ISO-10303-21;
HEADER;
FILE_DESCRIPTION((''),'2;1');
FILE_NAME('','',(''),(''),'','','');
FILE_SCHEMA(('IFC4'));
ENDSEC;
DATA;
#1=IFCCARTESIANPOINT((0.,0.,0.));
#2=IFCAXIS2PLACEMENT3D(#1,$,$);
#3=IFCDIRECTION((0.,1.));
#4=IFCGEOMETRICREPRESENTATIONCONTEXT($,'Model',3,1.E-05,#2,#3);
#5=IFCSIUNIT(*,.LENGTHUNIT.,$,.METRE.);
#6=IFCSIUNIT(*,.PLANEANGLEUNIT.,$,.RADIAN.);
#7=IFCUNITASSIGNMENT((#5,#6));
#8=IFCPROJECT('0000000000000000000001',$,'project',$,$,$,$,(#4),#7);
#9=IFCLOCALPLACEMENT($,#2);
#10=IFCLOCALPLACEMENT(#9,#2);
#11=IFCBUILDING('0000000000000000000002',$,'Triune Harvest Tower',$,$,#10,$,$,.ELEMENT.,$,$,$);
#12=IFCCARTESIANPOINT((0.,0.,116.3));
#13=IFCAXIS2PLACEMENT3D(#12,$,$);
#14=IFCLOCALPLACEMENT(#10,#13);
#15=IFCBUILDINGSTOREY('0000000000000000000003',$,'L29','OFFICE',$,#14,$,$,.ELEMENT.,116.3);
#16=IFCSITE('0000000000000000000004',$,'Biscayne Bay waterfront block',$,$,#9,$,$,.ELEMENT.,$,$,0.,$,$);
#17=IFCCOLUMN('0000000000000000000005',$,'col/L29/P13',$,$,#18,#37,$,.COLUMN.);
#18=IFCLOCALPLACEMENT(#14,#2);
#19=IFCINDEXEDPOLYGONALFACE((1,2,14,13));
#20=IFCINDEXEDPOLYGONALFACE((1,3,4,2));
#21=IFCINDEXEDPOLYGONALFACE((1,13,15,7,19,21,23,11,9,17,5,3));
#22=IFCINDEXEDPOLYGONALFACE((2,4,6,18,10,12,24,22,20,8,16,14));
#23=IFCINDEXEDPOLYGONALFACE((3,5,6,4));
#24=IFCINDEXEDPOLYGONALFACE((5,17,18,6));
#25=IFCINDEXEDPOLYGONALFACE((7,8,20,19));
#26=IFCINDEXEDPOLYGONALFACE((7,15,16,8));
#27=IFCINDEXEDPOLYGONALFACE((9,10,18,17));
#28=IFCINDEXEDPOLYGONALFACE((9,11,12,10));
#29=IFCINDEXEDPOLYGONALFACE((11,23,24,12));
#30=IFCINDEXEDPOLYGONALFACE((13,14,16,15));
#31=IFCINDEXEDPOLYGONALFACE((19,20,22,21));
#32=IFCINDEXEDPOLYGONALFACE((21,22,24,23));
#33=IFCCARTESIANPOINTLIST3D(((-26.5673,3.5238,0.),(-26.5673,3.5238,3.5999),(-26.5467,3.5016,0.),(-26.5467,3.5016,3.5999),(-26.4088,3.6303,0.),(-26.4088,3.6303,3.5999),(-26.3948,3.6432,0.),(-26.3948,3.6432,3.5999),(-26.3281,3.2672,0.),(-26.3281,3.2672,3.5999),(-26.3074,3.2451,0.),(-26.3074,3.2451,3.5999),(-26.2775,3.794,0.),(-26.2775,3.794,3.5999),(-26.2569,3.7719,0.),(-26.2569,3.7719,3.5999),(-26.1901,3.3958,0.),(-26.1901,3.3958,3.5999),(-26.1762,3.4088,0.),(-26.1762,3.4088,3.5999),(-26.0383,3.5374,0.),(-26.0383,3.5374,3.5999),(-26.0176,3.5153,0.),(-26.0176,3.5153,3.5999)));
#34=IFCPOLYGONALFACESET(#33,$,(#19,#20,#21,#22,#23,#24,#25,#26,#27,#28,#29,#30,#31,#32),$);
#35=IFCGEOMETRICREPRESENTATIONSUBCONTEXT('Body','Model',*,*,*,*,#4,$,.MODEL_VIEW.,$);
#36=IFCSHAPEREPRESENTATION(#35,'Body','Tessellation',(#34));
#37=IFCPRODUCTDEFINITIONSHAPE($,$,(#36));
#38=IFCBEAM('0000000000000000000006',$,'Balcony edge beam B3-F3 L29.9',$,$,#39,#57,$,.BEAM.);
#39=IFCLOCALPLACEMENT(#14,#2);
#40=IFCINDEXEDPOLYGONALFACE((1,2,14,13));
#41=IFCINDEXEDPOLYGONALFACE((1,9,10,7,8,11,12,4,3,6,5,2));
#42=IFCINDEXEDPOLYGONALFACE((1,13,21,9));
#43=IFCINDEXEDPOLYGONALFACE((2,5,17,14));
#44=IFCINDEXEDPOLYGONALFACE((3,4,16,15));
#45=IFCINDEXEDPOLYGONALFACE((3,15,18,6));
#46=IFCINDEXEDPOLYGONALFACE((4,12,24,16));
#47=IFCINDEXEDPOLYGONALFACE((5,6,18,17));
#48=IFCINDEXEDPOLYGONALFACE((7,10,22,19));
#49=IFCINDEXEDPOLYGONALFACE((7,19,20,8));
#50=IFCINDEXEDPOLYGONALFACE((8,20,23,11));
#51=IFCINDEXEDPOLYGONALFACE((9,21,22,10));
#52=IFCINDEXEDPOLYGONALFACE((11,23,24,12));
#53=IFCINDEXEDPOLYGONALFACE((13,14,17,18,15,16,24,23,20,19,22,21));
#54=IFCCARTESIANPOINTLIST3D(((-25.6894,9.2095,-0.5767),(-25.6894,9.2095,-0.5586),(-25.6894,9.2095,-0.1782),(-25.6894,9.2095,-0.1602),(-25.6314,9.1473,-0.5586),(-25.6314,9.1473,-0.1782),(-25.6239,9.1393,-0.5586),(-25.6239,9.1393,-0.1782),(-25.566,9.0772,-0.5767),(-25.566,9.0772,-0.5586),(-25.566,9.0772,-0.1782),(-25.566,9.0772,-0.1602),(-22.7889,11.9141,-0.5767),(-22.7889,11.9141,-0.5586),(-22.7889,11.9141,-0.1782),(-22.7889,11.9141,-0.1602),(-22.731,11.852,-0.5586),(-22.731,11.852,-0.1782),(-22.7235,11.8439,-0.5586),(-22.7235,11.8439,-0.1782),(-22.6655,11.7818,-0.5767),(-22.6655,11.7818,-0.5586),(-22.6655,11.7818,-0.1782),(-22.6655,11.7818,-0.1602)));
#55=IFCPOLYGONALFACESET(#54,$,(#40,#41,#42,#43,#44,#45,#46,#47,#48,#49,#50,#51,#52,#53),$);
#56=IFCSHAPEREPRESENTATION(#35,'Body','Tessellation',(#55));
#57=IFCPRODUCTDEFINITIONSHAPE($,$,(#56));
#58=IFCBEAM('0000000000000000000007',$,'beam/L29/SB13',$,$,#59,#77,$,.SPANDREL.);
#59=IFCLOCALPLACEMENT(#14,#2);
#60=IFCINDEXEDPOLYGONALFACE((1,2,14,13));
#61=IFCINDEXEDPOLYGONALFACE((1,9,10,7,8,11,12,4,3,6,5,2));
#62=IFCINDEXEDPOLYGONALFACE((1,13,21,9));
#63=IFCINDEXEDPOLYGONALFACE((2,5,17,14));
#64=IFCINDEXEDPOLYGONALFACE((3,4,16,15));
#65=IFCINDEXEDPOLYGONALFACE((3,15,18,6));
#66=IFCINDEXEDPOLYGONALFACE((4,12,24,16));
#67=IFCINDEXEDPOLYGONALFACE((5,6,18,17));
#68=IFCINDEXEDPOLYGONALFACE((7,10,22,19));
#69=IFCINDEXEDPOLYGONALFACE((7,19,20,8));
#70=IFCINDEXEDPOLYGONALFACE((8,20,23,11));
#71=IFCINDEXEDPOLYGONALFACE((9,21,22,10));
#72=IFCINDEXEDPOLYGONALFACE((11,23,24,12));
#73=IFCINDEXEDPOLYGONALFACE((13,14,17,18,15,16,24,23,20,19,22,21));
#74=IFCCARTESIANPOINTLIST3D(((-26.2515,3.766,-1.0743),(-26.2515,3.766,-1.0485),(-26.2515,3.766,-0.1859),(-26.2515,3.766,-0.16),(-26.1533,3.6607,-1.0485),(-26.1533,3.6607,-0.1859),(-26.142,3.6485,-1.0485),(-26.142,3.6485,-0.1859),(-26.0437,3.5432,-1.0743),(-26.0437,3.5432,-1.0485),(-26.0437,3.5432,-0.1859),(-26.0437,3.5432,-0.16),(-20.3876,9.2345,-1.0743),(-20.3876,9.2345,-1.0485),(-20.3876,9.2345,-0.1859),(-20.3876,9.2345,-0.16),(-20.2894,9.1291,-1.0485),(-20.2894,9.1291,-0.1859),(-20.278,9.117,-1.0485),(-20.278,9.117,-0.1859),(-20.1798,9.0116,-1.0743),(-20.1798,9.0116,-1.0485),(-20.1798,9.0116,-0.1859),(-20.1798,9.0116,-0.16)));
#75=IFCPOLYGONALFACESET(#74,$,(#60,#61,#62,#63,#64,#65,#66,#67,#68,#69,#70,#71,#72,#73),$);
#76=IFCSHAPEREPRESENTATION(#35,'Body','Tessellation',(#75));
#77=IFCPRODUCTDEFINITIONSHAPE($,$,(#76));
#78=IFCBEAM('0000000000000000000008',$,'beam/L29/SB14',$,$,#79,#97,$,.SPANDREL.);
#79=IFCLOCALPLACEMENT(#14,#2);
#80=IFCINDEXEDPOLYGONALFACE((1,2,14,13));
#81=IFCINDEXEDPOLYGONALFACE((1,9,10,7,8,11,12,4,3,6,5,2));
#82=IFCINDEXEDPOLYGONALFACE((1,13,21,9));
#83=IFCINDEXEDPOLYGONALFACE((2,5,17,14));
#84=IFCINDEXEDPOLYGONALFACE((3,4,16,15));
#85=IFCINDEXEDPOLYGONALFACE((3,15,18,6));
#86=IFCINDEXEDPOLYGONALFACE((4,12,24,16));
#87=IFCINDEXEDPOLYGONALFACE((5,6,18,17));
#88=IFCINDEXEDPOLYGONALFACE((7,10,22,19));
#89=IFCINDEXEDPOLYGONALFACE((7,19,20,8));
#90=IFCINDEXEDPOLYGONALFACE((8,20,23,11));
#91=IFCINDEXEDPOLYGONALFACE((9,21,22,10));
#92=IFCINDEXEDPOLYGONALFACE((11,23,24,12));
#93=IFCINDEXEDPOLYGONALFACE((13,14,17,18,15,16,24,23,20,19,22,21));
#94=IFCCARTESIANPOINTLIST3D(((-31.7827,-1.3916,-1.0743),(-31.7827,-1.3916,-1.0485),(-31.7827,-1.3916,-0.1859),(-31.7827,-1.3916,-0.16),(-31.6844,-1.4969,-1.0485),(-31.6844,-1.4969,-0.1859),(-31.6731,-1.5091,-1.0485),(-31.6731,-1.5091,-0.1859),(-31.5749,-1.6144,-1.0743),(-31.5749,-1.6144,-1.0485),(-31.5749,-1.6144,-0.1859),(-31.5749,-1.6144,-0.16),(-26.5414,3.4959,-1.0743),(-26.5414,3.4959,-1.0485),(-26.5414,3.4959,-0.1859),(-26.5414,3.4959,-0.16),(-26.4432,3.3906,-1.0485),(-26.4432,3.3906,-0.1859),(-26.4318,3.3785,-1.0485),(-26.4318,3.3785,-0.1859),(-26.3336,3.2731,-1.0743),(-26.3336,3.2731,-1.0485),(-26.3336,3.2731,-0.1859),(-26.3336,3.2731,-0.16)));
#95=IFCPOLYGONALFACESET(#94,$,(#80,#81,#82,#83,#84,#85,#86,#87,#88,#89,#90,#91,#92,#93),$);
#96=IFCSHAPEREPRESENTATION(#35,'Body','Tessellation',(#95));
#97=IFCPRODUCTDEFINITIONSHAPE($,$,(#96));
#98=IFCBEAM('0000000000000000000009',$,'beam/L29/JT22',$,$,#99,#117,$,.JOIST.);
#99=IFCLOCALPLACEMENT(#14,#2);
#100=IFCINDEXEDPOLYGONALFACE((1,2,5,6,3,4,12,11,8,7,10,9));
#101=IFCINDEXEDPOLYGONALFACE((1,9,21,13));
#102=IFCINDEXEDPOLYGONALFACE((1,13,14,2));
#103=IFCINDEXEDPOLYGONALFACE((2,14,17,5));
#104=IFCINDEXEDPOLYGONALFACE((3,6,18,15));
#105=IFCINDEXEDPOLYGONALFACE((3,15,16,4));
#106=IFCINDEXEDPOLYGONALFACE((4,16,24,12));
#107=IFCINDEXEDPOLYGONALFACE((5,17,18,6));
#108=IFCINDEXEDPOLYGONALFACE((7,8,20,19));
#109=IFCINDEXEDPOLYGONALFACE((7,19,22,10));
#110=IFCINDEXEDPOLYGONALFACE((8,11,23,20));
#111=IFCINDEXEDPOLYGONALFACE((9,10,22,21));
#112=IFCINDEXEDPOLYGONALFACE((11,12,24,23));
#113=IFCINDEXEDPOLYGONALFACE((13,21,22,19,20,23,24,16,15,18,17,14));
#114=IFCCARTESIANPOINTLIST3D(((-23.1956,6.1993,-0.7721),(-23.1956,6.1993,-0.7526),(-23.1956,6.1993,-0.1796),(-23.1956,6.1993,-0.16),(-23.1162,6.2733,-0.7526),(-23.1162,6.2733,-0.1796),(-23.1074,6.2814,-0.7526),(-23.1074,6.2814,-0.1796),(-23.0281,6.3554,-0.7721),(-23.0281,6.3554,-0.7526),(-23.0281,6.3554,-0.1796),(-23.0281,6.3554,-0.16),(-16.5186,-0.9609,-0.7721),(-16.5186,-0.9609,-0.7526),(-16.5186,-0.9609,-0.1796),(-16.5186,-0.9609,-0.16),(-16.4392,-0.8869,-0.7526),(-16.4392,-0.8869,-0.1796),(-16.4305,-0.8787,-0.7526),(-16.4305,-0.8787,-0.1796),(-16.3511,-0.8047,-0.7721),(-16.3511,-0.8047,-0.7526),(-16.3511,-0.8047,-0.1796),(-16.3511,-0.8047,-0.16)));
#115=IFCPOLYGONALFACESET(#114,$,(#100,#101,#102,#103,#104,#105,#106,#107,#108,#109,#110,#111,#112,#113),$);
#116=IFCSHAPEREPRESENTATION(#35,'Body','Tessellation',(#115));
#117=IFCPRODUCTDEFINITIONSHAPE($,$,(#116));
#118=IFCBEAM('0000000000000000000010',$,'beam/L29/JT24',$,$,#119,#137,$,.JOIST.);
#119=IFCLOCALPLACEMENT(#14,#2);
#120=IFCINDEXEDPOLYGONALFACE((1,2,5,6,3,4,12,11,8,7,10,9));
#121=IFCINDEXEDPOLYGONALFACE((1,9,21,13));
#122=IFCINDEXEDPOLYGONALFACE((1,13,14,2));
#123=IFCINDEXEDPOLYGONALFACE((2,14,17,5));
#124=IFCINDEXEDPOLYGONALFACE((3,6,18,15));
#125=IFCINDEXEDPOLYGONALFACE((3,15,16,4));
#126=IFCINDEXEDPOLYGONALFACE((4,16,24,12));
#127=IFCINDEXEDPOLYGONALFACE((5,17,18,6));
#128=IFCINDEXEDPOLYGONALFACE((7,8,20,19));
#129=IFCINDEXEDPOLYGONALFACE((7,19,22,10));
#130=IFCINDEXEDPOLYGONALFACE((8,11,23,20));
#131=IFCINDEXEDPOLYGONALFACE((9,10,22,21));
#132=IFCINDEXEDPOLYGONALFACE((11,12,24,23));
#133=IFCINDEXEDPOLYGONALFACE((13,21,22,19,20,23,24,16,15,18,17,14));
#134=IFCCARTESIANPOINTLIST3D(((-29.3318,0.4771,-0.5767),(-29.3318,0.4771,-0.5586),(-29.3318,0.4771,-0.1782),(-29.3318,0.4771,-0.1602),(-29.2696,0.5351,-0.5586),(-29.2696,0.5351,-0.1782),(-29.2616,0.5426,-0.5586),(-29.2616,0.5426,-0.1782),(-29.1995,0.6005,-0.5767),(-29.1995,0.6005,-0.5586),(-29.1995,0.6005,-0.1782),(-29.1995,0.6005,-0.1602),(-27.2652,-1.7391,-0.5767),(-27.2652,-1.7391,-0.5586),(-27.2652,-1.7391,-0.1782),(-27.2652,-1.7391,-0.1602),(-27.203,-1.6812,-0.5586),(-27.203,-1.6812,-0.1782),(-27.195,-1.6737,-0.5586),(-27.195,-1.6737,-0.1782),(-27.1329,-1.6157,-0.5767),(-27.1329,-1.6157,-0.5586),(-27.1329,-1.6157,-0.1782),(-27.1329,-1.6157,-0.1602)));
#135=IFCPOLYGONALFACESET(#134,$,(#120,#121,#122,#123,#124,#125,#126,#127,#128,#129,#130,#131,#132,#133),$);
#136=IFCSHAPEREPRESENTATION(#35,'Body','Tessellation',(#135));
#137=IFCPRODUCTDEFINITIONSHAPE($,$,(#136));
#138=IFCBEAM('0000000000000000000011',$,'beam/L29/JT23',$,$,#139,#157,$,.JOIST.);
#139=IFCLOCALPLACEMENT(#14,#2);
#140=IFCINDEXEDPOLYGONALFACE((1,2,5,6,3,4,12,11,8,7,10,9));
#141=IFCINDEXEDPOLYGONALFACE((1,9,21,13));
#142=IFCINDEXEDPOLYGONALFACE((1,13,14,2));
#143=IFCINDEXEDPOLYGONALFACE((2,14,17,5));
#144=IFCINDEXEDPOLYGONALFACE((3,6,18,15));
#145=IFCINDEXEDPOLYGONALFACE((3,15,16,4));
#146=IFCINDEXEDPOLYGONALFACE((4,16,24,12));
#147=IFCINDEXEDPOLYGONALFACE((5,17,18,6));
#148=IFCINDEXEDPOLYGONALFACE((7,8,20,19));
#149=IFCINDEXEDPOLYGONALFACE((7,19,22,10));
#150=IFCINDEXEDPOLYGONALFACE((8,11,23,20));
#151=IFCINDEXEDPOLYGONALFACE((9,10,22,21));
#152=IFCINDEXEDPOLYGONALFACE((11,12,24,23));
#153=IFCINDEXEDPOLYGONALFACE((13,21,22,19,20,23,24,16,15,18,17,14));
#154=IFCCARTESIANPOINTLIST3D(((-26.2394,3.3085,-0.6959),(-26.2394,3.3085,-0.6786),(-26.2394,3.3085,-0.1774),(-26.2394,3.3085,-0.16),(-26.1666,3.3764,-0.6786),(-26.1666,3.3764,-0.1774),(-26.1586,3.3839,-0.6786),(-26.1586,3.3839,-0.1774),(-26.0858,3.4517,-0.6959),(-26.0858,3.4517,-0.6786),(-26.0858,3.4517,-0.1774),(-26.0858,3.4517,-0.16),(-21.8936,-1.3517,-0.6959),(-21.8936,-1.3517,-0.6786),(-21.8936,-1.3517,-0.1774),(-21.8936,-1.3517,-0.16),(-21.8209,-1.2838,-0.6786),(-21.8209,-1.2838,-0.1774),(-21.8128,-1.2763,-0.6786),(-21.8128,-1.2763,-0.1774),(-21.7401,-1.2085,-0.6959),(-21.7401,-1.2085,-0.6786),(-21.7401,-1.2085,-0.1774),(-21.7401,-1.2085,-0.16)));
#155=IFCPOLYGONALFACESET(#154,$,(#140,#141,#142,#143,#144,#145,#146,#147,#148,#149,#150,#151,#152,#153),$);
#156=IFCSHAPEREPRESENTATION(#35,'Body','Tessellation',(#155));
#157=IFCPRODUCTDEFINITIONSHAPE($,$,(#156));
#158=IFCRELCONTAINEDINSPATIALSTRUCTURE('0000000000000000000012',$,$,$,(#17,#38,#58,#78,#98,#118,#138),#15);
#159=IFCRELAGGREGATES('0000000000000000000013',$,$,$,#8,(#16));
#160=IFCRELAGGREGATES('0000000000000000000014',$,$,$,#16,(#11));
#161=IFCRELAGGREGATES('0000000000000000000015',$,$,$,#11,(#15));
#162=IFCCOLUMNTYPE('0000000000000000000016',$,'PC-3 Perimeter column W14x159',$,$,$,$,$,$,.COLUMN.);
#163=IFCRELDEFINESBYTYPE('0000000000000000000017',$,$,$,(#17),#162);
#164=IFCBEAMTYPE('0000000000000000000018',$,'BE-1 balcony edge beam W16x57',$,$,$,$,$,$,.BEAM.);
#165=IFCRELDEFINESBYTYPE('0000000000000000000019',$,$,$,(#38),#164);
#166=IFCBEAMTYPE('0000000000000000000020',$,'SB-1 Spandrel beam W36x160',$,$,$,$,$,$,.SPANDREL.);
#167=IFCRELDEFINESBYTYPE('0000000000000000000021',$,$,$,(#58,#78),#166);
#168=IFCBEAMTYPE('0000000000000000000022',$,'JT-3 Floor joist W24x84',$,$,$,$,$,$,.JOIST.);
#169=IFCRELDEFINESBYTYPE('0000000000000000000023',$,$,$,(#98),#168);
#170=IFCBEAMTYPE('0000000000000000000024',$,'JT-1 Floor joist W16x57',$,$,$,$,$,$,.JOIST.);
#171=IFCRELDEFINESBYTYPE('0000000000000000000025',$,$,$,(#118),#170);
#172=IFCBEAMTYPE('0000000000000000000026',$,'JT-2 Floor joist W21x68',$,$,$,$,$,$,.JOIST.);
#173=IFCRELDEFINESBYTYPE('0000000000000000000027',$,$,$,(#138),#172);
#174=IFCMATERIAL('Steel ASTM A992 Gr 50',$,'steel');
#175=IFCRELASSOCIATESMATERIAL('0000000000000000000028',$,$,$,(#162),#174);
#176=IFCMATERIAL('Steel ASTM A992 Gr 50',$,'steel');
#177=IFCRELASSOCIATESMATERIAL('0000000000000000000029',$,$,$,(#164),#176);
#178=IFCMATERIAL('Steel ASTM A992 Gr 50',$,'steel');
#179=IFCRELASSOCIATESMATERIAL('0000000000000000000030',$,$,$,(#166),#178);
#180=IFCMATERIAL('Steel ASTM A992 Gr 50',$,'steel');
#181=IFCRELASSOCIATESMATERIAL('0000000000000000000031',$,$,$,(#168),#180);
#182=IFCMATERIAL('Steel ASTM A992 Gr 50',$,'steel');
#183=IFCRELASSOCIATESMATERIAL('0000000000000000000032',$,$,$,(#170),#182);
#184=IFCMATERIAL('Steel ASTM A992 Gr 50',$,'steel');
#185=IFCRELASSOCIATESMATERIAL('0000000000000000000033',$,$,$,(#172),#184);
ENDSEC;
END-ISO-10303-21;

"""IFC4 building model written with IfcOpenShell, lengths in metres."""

from ifc_helpers import new_model, si_unit, direction, frame, origin, origin_2d, place, context, subcontext, project, spatial, i_section, extrude, source, transform, mapped, material, material_profile, profile_set, type_object, element, save


model = new_model("IFC4")

# Units and contexts
model_context = context("Model", 3, precision=1e-05, world=origin(), true_north=direction((0.0, 1.0)))
body_context = subcontext(model_context, "Body", "Model", "MODEL_VIEW")
ifc_project = project(units=[si_unit("LENGTHUNIT", "METRE"), si_unit("PLANEANGLEUNIT", "RADIAN")], contexts=[model_context])

# Site, building, storey
site_placement = place(None, origin())
site = spatial("IfcSite", under=ifc_project, at=site_placement, Name="Biscayne Bay waterfront block", CompositionType="ELEMENT", RefElevation=0.0)
building_placement = place(site_placement, origin())
building = spatial("IfcBuilding", under=site, at=building_placement, Name="Triune Harvest Tower", CompositionType="ELEMENT")
storey_placement = place(building_placement, frame((0.0, 0.0, 116.3)))
storey = spatial("IfcBuildingStorey", under=building, at=storey_placement, Name="L29", Description="OFFICE", CompositionType="ELEMENT", Elevation=116.3)

# Column
ifc_material_1 = material(Name="Steel ASTM A992 Gr 50", Category="steel")
ifc_material_profile_1 = material_profile(ifc_material_1, i_section(OverallWidth=0.3962, OverallDepth=0.3811, WebThickness=0.019, FlangeThickness=0.0303, at=origin_2d()), Name="W14x159")
ifc_profile_set_1 = profile_set([ifc_material_profile_1], Name="Steel ASTM A992 Gr 50")
column_type = type_object("IfcColumnType", Name="PC-3 Perimeter column W14x159", PredefinedType="COLUMN", material=ifc_profile_set_1)
shared_shape_1 = source(origin(), body_context, "Body", "SweptSolid", [
    extrude(i_section(OverallWidth=0.3962, OverallDepth=0.3811, WebThickness=0.019, FlangeThickness=0.0303, at=origin_2d()), origin(), (0.0, 0.0, 1.0), 3.5999),
])
column_placement = place(storey_placement, frame((-26.2925, 3.5195, 0.0), z_axis=(0.0, 0.0, 1.0), x_axis=(-0.731355, -0.681997, 0.0)))
element("IfcColumn", 1, at=column_placement, inside=storey, type_object=column_type, Name="col/L29/P13", PredefinedType="COLUMN", context=body_context, shape_type="MappedRepresentation", body=[
    mapped(shared_shape_1, transform((0.0, 0.0, 0.0), scale=1.0)),
])

# Beams
ifc_material_2 = material(Name="Steel ASTM A992 Gr 50", Category="steel")
ifc_material_profile_2 = material_profile(ifc_material_2, i_section(OverallWidth=0.1809, OverallDepth=0.4165, WebThickness=0.011, FlangeThickness=0.0181, at=origin_2d()), Name="W16x57")
ifc_profile_set_2 = profile_set([ifc_material_profile_2], Name="Steel ASTM A992 Gr 50")
beam_type_1 = type_object("IfcBeamType", Name="BE-1 balcony edge beam W16x57", PredefinedType="BEAM", material=ifc_profile_set_2)
beam_1_placement = place(storey_placement, frame((-25.6277, 9.1433, -0.3684), z_axis=(0.731362, 0.681989, 0.0), x_axis=(-0.681989, 0.731362, 0.0)))
element("IfcBeam", 2, at=beam_1_placement, inside=storey, type_object=beam_type_1, Name="Balcony edge beam B3-F3 L29.9", PredefinedType="BEAM", context=body_context, shape_type="SweptSolid", body=[
    extrude(i_section(OverallWidth=0.1809, OverallDepth=0.4165, WebThickness=0.011, FlangeThickness=0.0181, at=origin_2d()), origin(), (0.0, 0.0, 1.0), 3.9658),
])
ifc_material_3 = material(Name="Steel ASTM A992 Gr 50", Category="steel")
ifc_material_profile_3 = material_profile(ifc_material_3, i_section(OverallWidth=0.3047, OverallDepth=0.9143, WebThickness=0.0166, FlangeThickness=0.0259, at=origin_2d()), Name="W36x160")
ifc_profile_set_3 = profile_set([ifc_material_profile_3], Name="Steel ASTM A992 Gr 50")
beam_type_2 = type_object("IfcBeamType", Name="SB-1 Spandrel beam W36x160", PredefinedType="SPANDREL", material=ifc_profile_set_3)
shared_shape_2 = source(origin(), body_context, "Body", "SweptSolid", [
    extrude(i_section(OverallWidth=0.3047, OverallDepth=0.9143, WebThickness=0.0166, FlangeThickness=0.0259, at=origin_2d()), origin(), (0.0, 0.0, 1.0), 8.0181),
])
beam_2_placement = place(storey_placement, frame((-20.2837, 9.123, -0.6172), z_axis=(-0.73134, -0.682013, 0.0), x_axis=(0.682013, -0.73134, 0.0)))
element("IfcBeam", 3, at=beam_2_placement, inside=storey, type_object=beam_type_2, Name="beam/L29/SB13", PredefinedType="SPANDREL", context=body_context, shape_type="MappedRepresentation", body=[
    mapped(shared_shape_2, transform((0.0, 0.0, 0.0), scale=1.0)),
])
shared_shape_3 = source(origin(), body_context, "Body", "SweptSolid", [
    extrude(i_section(OverallWidth=0.3047, OverallDepth=0.9143, WebThickness=0.0166, FlangeThickness=0.0259, at=origin_2d()), origin(), (0.0, 0.0, 1.0), 7.1665),
])
beam_3_placement = place(storey_placement, frame((-26.4375, 3.3845, -0.6172), z_axis=(-0.731358, -0.681994, 0.0), x_axis=(0.681994, -0.731358, 0.0)))
element("IfcBeam", 4, at=beam_3_placement, inside=storey, type_object=beam_type_2, Name="beam/L29/SB14", PredefinedType="SPANDREL", context=body_context, shape_type="MappedRepresentation", body=[
    mapped(shared_shape_3, transform((0.0, 0.0, 0.0), scale=1.0)),
])
ifc_material_4 = material(Name="Steel ASTM A992 Gr 50", Category="steel")
ifc_material_profile_4 = material_profile(ifc_material_4, i_section(OverallWidth=0.229, OverallDepth=0.6121, WebThickness=0.012, FlangeThickness=0.0195, at=origin_2d()), Name="W24x84")
ifc_profile_set_4 = profile_set([ifc_material_profile_4], Name="Steel ASTM A992 Gr 50")
beam_type_3 = type_object("IfcBeamType", Name="JT-3 Floor joist W24x84", PredefinedType="JOIST", material=ifc_profile_set_4)
shared_shape_4 = source(origin(), body_context, "Body", "SweptSolid", [
    extrude(i_section(OverallWidth=0.229, OverallDepth=0.6121, WebThickness=0.012, FlangeThickness=0.0195, at=origin_2d()), origin(), (0.0, 0.0, 1.0), 9.7903),
])
beam_4_placement = place(storey_placement, frame((-23.1118, 6.2773, -0.4661), z_axis=(0.682001, -0.731351, 0.0), x_axis=(0.731351, 0.682001, 0.0)))
element("IfcBeam", 5, at=beam_4_placement, inside=storey, type_object=beam_type_3, Name="beam/L29/JT22", PredefinedType="JOIST", context=body_context, shape_type="MappedRepresentation", body=[
    mapped(shared_shape_4, transform((0.0, 0.0, 0.0), scale=1.0)),
])
ifc_material_5 = material(Name="Steel ASTM A992 Gr 50", Category="steel")
ifc_material_profile_5 = material_profile(ifc_material_5, i_section(OverallWidth=0.1809, OverallDepth=0.4165, WebThickness=0.011, FlangeThickness=0.0181, at=origin_2d()), Name="W16x57")
ifc_profile_set_5 = profile_set([ifc_material_profile_5], Name="Steel ASTM A992 Gr 50")
beam_type_4 = type_object("IfcBeamType", Name="JT-1 Floor joist W16x57", PredefinedType="JOIST", material=ifc_profile_set_5)
shared_shape_5 = source(origin(), body_context, "Body", "SweptSolid", [
    extrude(i_section(OverallWidth=0.1809, OverallDepth=0.4165, WebThickness=0.011, FlangeThickness=0.0181, at=origin_2d()), origin(), (0.0, 0.0, 1.0), 3.0303),
])
beam_5_placement = place(storey_placement, frame((-29.2656, 0.5388, -0.3684), z_axis=(0.681982, -0.731369, 0.0), x_axis=(0.731369, 0.681982, 0.0)))
element("IfcBeam", 6, at=beam_5_placement, inside=storey, type_object=beam_type_4, Name="beam/L29/JT24", PredefinedType="JOIST", context=body_context, shape_type="MappedRepresentation", body=[
    mapped(shared_shape_5, transform((0.0, 0.0, 0.0), scale=1.0)),
])
ifc_material_6 = material(Name="Steel ASTM A992 Gr 50", Category="steel")
ifc_material_profile_6 = material_profile(ifc_material_6, i_section(OverallWidth=0.21, OverallDepth=0.5359, WebThickness=0.011, FlangeThickness=0.0173, at=origin_2d()), Name="W21x68")
ifc_profile_set_6 = profile_set([ifc_material_profile_6], Name="Steel ASTM A992 Gr 50")
beam_type_5 = type_object("IfcBeamType", Name="JT-2 Floor joist W21x68", PredefinedType="JOIST", material=ifc_profile_set_6)
shared_shape_6 = source(origin(), body_context, "Body", "SweptSolid", [
    extrude(i_section(OverallWidth=0.21, OverallDepth=0.5359, WebThickness=0.011, FlangeThickness=0.0173, at=origin_2d()), origin(), (0.0, 0.0, 1.0), 6.3721),
])
beam_6_placement = place(storey_placement, frame((-26.1626, 3.3801, -0.428), z_axis=(0.682001, -0.731351, 0.0), x_axis=(0.731351, 0.682001, 0.0)))
element("IfcBeam", 7, at=beam_6_placement, inside=storey, type_object=beam_type_5, Name="beam/L29/JT23", PredefinedType="JOIST", context=body_context, shape_type="MappedRepresentation", body=[
    mapped(shared_shape_6, transform((0.0, 0.0, 0.0), scale=1.0)),
])

save(model, "model.ifc")
